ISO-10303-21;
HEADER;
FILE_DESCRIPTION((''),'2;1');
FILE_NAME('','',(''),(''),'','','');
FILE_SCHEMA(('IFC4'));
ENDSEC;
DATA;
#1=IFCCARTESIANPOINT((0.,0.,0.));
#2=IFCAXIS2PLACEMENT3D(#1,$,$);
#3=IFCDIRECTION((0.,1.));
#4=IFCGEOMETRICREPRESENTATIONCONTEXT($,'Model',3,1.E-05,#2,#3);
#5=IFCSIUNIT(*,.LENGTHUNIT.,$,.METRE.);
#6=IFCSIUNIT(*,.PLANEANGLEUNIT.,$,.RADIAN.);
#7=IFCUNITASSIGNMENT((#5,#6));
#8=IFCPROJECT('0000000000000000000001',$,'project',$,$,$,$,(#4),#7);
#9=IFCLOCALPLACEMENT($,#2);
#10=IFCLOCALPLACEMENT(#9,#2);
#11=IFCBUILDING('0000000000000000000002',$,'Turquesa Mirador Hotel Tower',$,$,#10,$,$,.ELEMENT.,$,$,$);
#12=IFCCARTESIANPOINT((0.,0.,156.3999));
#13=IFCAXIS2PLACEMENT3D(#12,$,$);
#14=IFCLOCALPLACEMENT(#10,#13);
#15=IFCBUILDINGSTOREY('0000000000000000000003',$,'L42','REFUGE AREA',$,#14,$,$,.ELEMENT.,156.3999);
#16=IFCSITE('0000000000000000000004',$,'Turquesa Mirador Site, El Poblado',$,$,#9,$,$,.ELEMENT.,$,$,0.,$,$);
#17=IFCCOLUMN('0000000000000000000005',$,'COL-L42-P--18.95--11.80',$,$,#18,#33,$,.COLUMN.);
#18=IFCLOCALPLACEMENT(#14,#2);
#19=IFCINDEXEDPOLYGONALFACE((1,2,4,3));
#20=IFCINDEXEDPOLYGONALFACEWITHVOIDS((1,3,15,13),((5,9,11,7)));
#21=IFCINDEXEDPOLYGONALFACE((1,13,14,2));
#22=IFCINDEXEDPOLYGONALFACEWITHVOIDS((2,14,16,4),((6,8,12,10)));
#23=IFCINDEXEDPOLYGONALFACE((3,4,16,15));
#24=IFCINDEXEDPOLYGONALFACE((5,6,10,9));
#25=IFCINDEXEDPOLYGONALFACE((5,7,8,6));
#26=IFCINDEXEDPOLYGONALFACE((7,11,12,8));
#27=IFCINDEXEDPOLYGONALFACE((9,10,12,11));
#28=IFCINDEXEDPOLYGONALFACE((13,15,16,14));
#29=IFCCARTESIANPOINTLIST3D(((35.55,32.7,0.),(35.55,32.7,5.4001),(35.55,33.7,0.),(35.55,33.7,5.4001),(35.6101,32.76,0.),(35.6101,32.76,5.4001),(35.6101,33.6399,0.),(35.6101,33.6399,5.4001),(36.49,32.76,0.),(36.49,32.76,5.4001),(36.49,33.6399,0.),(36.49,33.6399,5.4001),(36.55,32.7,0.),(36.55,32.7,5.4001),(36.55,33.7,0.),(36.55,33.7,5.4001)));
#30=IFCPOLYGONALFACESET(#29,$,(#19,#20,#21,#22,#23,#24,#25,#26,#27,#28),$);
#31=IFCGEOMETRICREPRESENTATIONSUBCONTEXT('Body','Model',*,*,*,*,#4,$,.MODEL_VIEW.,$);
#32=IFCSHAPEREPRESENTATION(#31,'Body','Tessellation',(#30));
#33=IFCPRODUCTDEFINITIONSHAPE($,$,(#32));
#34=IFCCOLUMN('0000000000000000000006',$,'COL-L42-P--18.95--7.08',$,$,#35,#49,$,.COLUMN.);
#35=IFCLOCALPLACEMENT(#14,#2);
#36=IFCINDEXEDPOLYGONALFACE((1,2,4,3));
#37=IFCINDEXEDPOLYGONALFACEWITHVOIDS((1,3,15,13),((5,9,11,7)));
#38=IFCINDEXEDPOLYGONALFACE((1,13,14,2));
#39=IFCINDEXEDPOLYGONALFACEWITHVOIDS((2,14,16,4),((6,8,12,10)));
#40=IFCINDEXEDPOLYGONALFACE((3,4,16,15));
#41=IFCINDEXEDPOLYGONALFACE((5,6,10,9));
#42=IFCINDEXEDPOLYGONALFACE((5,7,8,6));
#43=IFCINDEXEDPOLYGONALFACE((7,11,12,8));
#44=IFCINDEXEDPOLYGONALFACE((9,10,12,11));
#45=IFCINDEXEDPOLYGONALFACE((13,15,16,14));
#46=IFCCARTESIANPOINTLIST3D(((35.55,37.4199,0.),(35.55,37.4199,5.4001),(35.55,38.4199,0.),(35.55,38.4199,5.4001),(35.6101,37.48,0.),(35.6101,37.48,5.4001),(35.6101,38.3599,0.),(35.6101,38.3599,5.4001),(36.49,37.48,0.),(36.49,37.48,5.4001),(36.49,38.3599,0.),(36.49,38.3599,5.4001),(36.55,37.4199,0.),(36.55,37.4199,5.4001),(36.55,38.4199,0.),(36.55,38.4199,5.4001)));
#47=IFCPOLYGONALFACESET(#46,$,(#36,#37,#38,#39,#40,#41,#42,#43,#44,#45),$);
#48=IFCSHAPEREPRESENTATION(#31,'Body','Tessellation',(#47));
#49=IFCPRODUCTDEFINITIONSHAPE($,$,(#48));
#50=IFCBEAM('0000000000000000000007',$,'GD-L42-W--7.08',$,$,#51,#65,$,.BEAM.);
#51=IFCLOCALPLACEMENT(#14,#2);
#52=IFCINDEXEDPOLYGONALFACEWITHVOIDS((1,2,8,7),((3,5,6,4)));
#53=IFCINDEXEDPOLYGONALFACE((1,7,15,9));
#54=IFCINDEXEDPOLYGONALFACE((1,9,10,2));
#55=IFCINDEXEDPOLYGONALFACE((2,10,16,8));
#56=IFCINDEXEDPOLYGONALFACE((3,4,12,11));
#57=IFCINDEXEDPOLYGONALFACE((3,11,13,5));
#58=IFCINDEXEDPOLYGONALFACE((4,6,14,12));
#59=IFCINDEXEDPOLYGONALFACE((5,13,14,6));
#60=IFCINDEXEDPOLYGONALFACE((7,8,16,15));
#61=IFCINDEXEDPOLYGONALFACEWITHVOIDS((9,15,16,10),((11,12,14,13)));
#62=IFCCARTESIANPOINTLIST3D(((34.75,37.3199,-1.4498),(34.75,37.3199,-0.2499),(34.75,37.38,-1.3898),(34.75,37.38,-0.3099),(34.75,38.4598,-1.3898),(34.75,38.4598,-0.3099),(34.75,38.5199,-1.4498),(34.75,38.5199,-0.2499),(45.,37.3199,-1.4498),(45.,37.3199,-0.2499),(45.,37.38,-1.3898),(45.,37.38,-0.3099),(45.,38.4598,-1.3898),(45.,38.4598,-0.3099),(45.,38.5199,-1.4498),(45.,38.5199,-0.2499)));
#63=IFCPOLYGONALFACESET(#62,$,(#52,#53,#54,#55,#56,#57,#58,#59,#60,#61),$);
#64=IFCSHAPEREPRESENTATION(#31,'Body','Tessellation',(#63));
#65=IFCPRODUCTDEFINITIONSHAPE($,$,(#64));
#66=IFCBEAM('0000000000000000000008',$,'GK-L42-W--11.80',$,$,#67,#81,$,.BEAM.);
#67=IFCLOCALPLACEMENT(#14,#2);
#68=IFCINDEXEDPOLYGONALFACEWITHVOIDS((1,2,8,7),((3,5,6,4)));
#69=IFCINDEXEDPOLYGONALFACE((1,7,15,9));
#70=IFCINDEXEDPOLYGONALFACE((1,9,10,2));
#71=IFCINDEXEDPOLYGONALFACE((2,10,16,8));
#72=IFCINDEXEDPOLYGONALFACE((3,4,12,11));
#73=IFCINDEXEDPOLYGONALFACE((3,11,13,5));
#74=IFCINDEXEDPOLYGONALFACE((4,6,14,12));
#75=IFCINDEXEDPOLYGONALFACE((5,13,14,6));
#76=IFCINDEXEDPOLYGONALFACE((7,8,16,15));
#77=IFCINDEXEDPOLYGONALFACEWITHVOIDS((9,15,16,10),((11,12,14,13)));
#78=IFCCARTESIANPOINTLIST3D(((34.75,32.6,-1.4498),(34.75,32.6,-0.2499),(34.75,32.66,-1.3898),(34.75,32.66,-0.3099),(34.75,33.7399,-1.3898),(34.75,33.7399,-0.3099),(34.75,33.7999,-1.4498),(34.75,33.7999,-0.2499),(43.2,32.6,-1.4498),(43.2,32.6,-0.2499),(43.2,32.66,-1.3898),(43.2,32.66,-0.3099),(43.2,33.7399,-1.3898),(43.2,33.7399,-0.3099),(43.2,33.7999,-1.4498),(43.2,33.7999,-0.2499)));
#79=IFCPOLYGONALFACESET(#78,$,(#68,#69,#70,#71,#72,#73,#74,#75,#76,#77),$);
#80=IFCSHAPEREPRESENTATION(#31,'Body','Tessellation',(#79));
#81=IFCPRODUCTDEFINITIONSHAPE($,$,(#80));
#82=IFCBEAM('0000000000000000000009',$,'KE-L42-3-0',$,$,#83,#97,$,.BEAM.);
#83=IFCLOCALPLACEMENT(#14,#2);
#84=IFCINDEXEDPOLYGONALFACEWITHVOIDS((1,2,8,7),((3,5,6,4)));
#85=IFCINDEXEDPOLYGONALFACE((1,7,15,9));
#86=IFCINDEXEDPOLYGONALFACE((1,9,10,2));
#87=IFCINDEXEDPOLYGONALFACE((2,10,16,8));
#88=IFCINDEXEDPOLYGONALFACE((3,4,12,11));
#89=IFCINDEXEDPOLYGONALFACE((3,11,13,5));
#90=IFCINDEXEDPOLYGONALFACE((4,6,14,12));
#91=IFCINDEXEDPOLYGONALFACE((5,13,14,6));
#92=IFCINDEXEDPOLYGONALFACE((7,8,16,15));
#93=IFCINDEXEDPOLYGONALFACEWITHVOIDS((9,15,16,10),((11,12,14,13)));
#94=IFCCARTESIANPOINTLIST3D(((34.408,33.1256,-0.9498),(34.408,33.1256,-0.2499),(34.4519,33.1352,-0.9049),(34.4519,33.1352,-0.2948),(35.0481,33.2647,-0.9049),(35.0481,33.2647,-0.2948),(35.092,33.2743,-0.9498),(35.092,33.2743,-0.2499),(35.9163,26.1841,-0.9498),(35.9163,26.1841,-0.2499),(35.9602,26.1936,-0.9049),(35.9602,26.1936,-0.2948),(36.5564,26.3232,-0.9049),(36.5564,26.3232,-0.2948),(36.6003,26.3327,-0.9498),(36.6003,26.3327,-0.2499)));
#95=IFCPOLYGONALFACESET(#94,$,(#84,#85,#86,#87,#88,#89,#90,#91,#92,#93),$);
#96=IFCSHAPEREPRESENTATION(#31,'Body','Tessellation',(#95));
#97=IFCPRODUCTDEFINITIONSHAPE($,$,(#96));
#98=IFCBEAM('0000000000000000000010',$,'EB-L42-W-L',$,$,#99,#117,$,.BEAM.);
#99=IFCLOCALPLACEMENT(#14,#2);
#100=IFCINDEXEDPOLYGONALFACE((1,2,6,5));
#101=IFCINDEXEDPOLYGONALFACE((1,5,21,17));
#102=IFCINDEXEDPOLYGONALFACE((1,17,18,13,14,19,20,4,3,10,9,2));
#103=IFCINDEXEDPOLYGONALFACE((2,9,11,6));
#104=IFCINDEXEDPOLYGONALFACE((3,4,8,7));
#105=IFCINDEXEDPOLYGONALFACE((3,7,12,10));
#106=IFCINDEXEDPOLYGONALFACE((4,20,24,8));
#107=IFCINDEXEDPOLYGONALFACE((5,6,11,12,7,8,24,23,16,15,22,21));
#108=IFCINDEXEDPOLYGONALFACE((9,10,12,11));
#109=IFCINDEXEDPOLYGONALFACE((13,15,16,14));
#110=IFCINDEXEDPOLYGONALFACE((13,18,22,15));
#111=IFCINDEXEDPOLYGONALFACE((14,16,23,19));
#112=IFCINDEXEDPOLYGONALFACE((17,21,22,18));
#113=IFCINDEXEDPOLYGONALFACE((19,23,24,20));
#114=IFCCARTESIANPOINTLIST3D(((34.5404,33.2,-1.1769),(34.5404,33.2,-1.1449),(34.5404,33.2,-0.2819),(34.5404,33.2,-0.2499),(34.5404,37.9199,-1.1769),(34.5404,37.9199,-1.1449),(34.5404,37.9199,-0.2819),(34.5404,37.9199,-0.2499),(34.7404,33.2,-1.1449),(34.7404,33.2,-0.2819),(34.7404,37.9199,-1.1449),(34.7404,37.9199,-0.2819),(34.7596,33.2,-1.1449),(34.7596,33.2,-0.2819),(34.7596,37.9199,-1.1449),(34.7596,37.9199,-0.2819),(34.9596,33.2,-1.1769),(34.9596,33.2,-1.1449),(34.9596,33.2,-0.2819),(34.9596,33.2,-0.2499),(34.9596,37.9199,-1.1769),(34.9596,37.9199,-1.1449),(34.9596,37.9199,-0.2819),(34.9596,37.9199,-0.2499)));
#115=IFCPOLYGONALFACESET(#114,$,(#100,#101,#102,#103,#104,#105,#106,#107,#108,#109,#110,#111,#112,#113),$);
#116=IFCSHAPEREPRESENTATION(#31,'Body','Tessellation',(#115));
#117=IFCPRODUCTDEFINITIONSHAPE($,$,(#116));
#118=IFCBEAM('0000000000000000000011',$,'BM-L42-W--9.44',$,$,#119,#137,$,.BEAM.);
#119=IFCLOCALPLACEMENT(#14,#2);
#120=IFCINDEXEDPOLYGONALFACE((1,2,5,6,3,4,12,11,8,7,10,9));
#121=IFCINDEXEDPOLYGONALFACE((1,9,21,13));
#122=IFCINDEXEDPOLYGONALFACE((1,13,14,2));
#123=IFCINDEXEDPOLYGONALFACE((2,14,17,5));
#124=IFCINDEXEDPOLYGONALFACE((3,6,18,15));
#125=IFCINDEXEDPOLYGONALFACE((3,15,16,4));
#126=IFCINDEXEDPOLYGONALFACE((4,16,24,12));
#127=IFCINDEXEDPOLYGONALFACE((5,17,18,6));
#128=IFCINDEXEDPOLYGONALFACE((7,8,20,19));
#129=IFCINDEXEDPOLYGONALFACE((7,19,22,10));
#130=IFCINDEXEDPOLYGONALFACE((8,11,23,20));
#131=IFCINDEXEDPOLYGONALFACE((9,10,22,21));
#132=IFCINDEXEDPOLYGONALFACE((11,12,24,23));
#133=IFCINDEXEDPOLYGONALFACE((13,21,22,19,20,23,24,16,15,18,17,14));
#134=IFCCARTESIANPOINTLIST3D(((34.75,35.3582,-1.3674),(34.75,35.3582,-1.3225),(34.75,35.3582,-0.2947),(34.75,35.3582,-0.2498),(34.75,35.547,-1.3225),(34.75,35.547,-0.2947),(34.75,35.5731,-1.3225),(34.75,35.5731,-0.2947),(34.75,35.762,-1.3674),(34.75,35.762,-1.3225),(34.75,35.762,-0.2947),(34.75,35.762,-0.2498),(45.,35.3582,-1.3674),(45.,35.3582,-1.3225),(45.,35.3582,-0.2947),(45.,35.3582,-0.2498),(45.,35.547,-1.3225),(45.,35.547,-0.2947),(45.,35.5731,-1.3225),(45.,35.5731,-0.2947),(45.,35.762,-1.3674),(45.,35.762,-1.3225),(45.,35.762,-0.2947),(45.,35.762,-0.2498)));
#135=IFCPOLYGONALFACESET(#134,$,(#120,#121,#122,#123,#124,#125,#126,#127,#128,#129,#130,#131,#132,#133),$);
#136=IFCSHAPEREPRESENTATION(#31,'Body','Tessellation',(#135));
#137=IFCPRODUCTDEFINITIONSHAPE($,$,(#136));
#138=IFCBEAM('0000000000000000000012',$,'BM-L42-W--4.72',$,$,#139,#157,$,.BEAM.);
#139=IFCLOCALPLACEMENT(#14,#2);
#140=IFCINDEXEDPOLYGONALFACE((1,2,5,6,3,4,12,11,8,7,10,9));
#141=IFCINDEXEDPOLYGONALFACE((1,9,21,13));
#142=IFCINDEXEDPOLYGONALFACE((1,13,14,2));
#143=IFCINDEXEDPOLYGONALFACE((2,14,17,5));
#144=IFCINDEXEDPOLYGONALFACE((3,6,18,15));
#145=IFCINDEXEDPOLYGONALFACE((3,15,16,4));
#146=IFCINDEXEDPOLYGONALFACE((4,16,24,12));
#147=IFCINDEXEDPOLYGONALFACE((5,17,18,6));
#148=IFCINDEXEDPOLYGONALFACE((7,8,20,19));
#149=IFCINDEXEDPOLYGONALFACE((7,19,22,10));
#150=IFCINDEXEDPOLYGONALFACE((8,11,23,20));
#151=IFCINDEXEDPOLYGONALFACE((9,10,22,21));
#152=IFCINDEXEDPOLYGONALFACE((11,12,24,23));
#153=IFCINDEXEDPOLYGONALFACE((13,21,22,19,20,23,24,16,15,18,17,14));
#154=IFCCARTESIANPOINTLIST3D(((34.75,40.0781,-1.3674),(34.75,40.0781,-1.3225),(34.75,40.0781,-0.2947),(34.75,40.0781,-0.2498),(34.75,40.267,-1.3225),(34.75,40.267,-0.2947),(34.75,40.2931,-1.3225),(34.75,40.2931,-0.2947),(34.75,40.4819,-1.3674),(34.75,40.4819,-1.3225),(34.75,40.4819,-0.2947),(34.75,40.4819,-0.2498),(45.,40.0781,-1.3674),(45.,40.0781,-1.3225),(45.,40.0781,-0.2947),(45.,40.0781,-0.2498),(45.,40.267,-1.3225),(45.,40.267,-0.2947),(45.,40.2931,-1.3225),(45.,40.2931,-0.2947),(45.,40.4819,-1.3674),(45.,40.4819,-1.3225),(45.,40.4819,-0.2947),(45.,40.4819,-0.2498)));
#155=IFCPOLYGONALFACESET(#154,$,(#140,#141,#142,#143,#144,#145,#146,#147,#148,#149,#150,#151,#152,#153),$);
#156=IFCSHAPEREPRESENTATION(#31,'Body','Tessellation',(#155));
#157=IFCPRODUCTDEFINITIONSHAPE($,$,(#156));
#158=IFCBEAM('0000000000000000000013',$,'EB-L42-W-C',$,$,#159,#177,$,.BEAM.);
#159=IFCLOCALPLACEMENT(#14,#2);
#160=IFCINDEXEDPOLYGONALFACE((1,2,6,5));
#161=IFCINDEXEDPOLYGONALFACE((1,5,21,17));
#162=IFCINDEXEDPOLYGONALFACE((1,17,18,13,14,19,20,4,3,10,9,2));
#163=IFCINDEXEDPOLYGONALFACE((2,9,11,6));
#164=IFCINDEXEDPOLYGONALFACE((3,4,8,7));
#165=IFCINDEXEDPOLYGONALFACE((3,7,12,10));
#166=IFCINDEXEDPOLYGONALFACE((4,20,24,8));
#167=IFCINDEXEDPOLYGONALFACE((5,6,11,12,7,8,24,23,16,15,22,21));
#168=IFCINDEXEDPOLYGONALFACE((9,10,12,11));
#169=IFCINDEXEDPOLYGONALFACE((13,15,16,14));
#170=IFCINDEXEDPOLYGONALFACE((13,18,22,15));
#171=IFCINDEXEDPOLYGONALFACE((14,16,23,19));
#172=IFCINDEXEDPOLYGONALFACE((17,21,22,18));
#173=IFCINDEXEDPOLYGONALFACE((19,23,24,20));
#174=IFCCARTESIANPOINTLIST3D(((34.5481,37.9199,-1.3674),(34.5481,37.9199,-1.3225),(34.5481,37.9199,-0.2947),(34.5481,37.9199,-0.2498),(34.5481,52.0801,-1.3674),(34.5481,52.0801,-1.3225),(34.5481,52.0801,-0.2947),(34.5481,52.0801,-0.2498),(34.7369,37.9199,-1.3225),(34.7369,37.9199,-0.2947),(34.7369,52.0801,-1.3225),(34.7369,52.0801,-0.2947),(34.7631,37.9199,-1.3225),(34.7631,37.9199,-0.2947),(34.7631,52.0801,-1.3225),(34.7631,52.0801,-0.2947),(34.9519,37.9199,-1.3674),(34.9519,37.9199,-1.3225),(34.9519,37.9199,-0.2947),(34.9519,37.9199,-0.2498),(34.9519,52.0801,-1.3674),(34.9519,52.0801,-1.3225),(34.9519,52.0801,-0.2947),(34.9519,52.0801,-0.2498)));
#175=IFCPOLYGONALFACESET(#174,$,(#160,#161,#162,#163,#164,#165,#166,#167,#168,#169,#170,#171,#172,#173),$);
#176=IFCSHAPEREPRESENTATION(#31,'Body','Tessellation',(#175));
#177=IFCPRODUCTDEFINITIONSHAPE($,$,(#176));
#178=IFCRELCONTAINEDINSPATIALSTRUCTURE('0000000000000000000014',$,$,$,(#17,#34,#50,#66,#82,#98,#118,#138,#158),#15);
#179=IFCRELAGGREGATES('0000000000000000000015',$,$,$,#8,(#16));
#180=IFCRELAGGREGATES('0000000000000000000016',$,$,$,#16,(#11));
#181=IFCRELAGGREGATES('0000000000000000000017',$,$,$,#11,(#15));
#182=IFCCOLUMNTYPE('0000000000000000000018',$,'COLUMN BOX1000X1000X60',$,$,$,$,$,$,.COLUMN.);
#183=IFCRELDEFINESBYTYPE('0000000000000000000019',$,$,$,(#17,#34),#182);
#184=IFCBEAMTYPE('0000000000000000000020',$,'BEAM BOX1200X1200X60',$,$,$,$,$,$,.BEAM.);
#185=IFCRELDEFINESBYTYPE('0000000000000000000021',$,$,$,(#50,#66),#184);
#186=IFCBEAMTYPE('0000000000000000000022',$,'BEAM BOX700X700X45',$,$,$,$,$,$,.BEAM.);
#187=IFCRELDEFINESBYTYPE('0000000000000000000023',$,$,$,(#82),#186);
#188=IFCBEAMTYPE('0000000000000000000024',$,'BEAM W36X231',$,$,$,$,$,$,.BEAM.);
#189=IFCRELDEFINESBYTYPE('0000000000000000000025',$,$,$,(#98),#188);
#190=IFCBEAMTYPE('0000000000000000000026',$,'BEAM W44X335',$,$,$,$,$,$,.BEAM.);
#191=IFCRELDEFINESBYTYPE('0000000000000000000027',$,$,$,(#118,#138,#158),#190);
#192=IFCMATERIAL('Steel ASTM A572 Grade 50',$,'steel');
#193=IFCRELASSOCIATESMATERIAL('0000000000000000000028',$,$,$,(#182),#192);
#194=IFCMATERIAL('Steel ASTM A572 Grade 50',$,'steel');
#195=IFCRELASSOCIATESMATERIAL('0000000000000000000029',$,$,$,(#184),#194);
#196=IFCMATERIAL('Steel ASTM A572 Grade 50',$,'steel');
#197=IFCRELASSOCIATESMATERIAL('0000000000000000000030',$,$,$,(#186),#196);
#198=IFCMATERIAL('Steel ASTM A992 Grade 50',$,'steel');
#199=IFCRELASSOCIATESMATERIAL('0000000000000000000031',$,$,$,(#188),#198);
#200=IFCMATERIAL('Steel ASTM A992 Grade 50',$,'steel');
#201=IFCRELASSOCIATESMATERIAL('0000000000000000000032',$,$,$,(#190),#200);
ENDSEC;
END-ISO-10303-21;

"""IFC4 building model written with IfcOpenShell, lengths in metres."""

from ifc_helpers import new_model, si_unit, direction, frame, origin, origin_2d, place, context, subcontext, project, spatial, hollow_rectangle, i_section, extrude, material, material_profile, profile_set, type_object, element, save


model = new_model("IFC4")

# Units and contexts
model_context = context("Model", 3, precision=1e-05, world=origin(), true_north=direction((0.0, 1.0)))
body_context = subcontext(model_context, "Body", "Model", "MODEL_VIEW")
ifc_project = project(units=[si_unit("LENGTHUNIT", "METRE"), si_unit("PLANEANGLEUNIT", "RADIAN")], contexts=[model_context])

# Site, building, storey
site_placement = place(None, origin())
site = spatial("IfcSite", under=ifc_project, at=site_placement, Name="Turquesa Mirador Site, El Poblado", CompositionType="ELEMENT", RefElevation=0.0)
building_placement = place(site_placement, origin())
building = spatial("IfcBuilding", under=site, at=building_placement, Name="Turquesa Mirador Hotel Tower", CompositionType="ELEMENT")
storey_placement = place(building_placement, frame((0.0, 0.0, 156.3999)))
storey = spatial("IfcBuildingStorey", under=building, at=storey_placement, Name="L42", Description="REFUGE AREA", CompositionType="ELEMENT", Elevation=156.3999)

# Columns
ifc_material_1 = material(Name="Steel ASTM A572 Grade 50", Category="steel")
ifc_material_profile_1 = material_profile(ifc_material_1, hollow_rectangle(XDim=1.0, YDim=1.0, WallThickness=0.0601, at=origin_2d()), Name="BOX1000X1000X60")
ifc_profile_set_1 = profile_set([ifc_material_profile_1], Name="Steel ASTM A572 Grade 50")
column_type = type_object("IfcColumnType", Name="COLUMN BOX1000X1000X60", PredefinedType="COLUMN", material=ifc_profile_set_1)
for number, where, z_axis, x_axis, name in (
    (1, (36.05, 33.2, 0.0), (0.0, 0.0, 1.0), (1.0, 0.0, 0.0), "COL-L42-P--18.95--11.80"),
    (2, (36.05, 37.9199, 0.0), (0.0, 0.0, 1.0), (1.0, 0.0, 0.0), "COL-L42-P--18.95--7.08"),
):
    element("IfcColumn", number, at=place(storey_placement, frame(where, z_axis=z_axis, x_axis=x_axis)), inside=storey, type_object=column_type, Name=name, PredefinedType="COLUMN", context=body_context, shape_type="SweptSolid", body=[
        extrude(hollow_rectangle(XDim=1.0, YDim=1.0, WallThickness=0.0601, at=origin_2d()), origin(), (0.0, 0.0, 1.0), 5.4001),
    ])

# Beams
ifc_material_2 = material(Name="Steel ASTM A572 Grade 50", Category="steel")
ifc_material_profile_2 = material_profile(ifc_material_2, hollow_rectangle(XDim=1.2, YDim=1.2, WallThickness=0.0601, at=origin_2d()), Name="BOX1200X1200X60")
ifc_profile_set_2 = profile_set([ifc_material_profile_2], Name="Steel ASTM A572 Grade 50")
beam_type_1 = type_object("IfcBeamType", Name="BEAM BOX1200X1200X60", PredefinedType="BEAM", material=ifc_profile_set_2)
beam_1_placement = place(storey_placement, frame((34.75, 37.9199, -0.8499), z_axis=(1.0, 0.0, 0.0), x_axis=(0.0, 1.0, 0.0)))
element("IfcBeam", 3, at=beam_1_placement, inside=storey, type_object=beam_type_1, Name="GD-L42-W--7.08", PredefinedType="BEAM", context=body_context, shape_type="SweptSolid", body=[
    extrude(hollow_rectangle(XDim=1.2, YDim=1.2, WallThickness=0.0601, at=origin_2d()), origin(), (0.0, 0.0, 1.0), 10.25),
])
beam_2_placement = place(storey_placement, frame((34.75, 33.2, -0.8499), z_axis=(1.0, 0.0, 0.0), x_axis=(0.0, 1.0, 0.0)))
element("IfcBeam", 4, at=beam_2_placement, inside=storey, type_object=beam_type_1, Name="GK-L42-W--11.80", PredefinedType="BEAM", context=body_context, shape_type="SweptSolid", body=[
    extrude(hollow_rectangle(XDim=1.2, YDim=1.2, WallThickness=0.0601, at=origin_2d()), origin(), (0.0, 0.0, 1.0), 8.45),
])
ifc_material_3 = material(Name="Steel ASTM A572 Grade 50", Category="steel")
ifc_material_profile_3 = material_profile(ifc_material_3, hollow_rectangle(XDim=0.7, YDim=0.7, WallThickness=0.0449, at=origin_2d()), Name="BOX700X700X45")
ifc_profile_set_3 = profile_set([ifc_material_profile_3], Name="Steel ASTM A572 Grade 50")
beam_type_2 = type_object("IfcBeamType", Name="BEAM BOX700X700X45", PredefinedType="BEAM", material=ifc_profile_set_3)
beam_3_placement = place(storey_placement, frame((34.75, 33.2, -0.5999), z_axis=(0.212328, -0.977198, 0.0), x_axis=(0.977198, 0.212328, 0.0)))
element("IfcBeam", 5, at=beam_3_placement, inside=storey, type_object=beam_type_2, Name="KE-L42-3-0", PredefinedType="BEAM", context=body_context, shape_type="SweptSolid", body=[
    extrude(hollow_rectangle(XDim=0.7, YDim=0.7, WallThickness=0.0449, at=origin_2d()), origin(), (0.0, 0.0, 1.0), 7.1035),
])
ifc_material_4 = material(Name="Steel ASTM A992 Grade 50", Category="steel")
ifc_material_profile_4 = material_profile(ifc_material_4, i_section(OverallWidth=0.4192, OverallDepth=0.927, WebThickness=0.0193, FlangeThickness=0.032, at=origin_2d()), Name="W36X231")
ifc_profile_set_4 = profile_set([ifc_material_profile_4], Name="Steel ASTM A992 Grade 50")
beam_type_3 = type_object("IfcBeamType", Name="BEAM W36X231", PredefinedType="BEAM", material=ifc_profile_set_4)
beam_4_placement = place(storey_placement, frame((34.75, 33.2, -0.7134), z_axis=(0.0, 1.0, 0.0), x_axis=(-1.0, 0.0, 0.0)))
element("IfcBeam", 6, at=beam_4_placement, inside=storey, type_object=beam_type_3, Name="EB-L42-W-L", PredefinedType="BEAM", context=body_context, shape_type="SweptSolid", body=[
    extrude(i_section(OverallWidth=0.4192, OverallDepth=0.927, WebThickness=0.0193, FlangeThickness=0.032, at=origin_2d()), origin(), (0.0, 0.0, 1.0), 4.72),
])
ifc_material_5 = material(Name="Steel ASTM A992 Grade 50", Category="steel")
ifc_material_profile_5 = material_profile(ifc_material_5, i_section(OverallWidth=0.4038, OverallDepth=1.1177, WebThickness=0.0261, FlangeThickness=0.0449, at=origin_2d()), Name="W44X335")
ifc_profile_set_5 = profile_set([ifc_material_profile_5], Name="Steel ASTM A992 Grade 50")
beam_type_4 = type_object("IfcBeamType", Name="BEAM W44X335", PredefinedType="BEAM", material=ifc_profile_set_5)
for number, where, z_axis, x_axis, name in (
    (7, (34.75, 35.5601, -0.8086), (1.0, 0.0, 0.0), (0.0, 1.0, 0.0), "BM-L42-W--9.44"),
    (8, (34.75, 40.28, -0.8086), (1.0, 0.0, 0.0), (0.0, 1.0, 0.0), "BM-L42-W--4.72"),
):
    element("IfcBeam", number, at=place(storey_placement, frame(where, z_axis=z_axis, x_axis=x_axis)), inside=storey, type_object=beam_type_4, Name=name, PredefinedType="BEAM", context=body_context, shape_type="SweptSolid", body=[
        extrude(i_section(OverallWidth=0.4038, OverallDepth=1.1177, WebThickness=0.0261, FlangeThickness=0.0449, at=origin_2d()), origin(), (0.0, 0.0, 1.0), 10.25),
    ])
beam_5_placement = place(storey_placement, frame((34.75, 37.9199, -0.8086), z_axis=(0.0, 1.0, 0.0), x_axis=(-1.0, 0.0, 0.0)))
element("IfcBeam", 9, at=beam_5_placement, inside=storey, type_object=beam_type_4, Name="EB-L42-W-C", PredefinedType="BEAM", context=body_context, shape_type="SweptSolid", body=[
    extrude(i_section(OverallWidth=0.4038, OverallDepth=1.1177, WebThickness=0.0261, FlangeThickness=0.0449, at=origin_2d()), origin(), (0.0, 0.0, 1.0), 14.1602),
])

save(model, "model.ifc")
